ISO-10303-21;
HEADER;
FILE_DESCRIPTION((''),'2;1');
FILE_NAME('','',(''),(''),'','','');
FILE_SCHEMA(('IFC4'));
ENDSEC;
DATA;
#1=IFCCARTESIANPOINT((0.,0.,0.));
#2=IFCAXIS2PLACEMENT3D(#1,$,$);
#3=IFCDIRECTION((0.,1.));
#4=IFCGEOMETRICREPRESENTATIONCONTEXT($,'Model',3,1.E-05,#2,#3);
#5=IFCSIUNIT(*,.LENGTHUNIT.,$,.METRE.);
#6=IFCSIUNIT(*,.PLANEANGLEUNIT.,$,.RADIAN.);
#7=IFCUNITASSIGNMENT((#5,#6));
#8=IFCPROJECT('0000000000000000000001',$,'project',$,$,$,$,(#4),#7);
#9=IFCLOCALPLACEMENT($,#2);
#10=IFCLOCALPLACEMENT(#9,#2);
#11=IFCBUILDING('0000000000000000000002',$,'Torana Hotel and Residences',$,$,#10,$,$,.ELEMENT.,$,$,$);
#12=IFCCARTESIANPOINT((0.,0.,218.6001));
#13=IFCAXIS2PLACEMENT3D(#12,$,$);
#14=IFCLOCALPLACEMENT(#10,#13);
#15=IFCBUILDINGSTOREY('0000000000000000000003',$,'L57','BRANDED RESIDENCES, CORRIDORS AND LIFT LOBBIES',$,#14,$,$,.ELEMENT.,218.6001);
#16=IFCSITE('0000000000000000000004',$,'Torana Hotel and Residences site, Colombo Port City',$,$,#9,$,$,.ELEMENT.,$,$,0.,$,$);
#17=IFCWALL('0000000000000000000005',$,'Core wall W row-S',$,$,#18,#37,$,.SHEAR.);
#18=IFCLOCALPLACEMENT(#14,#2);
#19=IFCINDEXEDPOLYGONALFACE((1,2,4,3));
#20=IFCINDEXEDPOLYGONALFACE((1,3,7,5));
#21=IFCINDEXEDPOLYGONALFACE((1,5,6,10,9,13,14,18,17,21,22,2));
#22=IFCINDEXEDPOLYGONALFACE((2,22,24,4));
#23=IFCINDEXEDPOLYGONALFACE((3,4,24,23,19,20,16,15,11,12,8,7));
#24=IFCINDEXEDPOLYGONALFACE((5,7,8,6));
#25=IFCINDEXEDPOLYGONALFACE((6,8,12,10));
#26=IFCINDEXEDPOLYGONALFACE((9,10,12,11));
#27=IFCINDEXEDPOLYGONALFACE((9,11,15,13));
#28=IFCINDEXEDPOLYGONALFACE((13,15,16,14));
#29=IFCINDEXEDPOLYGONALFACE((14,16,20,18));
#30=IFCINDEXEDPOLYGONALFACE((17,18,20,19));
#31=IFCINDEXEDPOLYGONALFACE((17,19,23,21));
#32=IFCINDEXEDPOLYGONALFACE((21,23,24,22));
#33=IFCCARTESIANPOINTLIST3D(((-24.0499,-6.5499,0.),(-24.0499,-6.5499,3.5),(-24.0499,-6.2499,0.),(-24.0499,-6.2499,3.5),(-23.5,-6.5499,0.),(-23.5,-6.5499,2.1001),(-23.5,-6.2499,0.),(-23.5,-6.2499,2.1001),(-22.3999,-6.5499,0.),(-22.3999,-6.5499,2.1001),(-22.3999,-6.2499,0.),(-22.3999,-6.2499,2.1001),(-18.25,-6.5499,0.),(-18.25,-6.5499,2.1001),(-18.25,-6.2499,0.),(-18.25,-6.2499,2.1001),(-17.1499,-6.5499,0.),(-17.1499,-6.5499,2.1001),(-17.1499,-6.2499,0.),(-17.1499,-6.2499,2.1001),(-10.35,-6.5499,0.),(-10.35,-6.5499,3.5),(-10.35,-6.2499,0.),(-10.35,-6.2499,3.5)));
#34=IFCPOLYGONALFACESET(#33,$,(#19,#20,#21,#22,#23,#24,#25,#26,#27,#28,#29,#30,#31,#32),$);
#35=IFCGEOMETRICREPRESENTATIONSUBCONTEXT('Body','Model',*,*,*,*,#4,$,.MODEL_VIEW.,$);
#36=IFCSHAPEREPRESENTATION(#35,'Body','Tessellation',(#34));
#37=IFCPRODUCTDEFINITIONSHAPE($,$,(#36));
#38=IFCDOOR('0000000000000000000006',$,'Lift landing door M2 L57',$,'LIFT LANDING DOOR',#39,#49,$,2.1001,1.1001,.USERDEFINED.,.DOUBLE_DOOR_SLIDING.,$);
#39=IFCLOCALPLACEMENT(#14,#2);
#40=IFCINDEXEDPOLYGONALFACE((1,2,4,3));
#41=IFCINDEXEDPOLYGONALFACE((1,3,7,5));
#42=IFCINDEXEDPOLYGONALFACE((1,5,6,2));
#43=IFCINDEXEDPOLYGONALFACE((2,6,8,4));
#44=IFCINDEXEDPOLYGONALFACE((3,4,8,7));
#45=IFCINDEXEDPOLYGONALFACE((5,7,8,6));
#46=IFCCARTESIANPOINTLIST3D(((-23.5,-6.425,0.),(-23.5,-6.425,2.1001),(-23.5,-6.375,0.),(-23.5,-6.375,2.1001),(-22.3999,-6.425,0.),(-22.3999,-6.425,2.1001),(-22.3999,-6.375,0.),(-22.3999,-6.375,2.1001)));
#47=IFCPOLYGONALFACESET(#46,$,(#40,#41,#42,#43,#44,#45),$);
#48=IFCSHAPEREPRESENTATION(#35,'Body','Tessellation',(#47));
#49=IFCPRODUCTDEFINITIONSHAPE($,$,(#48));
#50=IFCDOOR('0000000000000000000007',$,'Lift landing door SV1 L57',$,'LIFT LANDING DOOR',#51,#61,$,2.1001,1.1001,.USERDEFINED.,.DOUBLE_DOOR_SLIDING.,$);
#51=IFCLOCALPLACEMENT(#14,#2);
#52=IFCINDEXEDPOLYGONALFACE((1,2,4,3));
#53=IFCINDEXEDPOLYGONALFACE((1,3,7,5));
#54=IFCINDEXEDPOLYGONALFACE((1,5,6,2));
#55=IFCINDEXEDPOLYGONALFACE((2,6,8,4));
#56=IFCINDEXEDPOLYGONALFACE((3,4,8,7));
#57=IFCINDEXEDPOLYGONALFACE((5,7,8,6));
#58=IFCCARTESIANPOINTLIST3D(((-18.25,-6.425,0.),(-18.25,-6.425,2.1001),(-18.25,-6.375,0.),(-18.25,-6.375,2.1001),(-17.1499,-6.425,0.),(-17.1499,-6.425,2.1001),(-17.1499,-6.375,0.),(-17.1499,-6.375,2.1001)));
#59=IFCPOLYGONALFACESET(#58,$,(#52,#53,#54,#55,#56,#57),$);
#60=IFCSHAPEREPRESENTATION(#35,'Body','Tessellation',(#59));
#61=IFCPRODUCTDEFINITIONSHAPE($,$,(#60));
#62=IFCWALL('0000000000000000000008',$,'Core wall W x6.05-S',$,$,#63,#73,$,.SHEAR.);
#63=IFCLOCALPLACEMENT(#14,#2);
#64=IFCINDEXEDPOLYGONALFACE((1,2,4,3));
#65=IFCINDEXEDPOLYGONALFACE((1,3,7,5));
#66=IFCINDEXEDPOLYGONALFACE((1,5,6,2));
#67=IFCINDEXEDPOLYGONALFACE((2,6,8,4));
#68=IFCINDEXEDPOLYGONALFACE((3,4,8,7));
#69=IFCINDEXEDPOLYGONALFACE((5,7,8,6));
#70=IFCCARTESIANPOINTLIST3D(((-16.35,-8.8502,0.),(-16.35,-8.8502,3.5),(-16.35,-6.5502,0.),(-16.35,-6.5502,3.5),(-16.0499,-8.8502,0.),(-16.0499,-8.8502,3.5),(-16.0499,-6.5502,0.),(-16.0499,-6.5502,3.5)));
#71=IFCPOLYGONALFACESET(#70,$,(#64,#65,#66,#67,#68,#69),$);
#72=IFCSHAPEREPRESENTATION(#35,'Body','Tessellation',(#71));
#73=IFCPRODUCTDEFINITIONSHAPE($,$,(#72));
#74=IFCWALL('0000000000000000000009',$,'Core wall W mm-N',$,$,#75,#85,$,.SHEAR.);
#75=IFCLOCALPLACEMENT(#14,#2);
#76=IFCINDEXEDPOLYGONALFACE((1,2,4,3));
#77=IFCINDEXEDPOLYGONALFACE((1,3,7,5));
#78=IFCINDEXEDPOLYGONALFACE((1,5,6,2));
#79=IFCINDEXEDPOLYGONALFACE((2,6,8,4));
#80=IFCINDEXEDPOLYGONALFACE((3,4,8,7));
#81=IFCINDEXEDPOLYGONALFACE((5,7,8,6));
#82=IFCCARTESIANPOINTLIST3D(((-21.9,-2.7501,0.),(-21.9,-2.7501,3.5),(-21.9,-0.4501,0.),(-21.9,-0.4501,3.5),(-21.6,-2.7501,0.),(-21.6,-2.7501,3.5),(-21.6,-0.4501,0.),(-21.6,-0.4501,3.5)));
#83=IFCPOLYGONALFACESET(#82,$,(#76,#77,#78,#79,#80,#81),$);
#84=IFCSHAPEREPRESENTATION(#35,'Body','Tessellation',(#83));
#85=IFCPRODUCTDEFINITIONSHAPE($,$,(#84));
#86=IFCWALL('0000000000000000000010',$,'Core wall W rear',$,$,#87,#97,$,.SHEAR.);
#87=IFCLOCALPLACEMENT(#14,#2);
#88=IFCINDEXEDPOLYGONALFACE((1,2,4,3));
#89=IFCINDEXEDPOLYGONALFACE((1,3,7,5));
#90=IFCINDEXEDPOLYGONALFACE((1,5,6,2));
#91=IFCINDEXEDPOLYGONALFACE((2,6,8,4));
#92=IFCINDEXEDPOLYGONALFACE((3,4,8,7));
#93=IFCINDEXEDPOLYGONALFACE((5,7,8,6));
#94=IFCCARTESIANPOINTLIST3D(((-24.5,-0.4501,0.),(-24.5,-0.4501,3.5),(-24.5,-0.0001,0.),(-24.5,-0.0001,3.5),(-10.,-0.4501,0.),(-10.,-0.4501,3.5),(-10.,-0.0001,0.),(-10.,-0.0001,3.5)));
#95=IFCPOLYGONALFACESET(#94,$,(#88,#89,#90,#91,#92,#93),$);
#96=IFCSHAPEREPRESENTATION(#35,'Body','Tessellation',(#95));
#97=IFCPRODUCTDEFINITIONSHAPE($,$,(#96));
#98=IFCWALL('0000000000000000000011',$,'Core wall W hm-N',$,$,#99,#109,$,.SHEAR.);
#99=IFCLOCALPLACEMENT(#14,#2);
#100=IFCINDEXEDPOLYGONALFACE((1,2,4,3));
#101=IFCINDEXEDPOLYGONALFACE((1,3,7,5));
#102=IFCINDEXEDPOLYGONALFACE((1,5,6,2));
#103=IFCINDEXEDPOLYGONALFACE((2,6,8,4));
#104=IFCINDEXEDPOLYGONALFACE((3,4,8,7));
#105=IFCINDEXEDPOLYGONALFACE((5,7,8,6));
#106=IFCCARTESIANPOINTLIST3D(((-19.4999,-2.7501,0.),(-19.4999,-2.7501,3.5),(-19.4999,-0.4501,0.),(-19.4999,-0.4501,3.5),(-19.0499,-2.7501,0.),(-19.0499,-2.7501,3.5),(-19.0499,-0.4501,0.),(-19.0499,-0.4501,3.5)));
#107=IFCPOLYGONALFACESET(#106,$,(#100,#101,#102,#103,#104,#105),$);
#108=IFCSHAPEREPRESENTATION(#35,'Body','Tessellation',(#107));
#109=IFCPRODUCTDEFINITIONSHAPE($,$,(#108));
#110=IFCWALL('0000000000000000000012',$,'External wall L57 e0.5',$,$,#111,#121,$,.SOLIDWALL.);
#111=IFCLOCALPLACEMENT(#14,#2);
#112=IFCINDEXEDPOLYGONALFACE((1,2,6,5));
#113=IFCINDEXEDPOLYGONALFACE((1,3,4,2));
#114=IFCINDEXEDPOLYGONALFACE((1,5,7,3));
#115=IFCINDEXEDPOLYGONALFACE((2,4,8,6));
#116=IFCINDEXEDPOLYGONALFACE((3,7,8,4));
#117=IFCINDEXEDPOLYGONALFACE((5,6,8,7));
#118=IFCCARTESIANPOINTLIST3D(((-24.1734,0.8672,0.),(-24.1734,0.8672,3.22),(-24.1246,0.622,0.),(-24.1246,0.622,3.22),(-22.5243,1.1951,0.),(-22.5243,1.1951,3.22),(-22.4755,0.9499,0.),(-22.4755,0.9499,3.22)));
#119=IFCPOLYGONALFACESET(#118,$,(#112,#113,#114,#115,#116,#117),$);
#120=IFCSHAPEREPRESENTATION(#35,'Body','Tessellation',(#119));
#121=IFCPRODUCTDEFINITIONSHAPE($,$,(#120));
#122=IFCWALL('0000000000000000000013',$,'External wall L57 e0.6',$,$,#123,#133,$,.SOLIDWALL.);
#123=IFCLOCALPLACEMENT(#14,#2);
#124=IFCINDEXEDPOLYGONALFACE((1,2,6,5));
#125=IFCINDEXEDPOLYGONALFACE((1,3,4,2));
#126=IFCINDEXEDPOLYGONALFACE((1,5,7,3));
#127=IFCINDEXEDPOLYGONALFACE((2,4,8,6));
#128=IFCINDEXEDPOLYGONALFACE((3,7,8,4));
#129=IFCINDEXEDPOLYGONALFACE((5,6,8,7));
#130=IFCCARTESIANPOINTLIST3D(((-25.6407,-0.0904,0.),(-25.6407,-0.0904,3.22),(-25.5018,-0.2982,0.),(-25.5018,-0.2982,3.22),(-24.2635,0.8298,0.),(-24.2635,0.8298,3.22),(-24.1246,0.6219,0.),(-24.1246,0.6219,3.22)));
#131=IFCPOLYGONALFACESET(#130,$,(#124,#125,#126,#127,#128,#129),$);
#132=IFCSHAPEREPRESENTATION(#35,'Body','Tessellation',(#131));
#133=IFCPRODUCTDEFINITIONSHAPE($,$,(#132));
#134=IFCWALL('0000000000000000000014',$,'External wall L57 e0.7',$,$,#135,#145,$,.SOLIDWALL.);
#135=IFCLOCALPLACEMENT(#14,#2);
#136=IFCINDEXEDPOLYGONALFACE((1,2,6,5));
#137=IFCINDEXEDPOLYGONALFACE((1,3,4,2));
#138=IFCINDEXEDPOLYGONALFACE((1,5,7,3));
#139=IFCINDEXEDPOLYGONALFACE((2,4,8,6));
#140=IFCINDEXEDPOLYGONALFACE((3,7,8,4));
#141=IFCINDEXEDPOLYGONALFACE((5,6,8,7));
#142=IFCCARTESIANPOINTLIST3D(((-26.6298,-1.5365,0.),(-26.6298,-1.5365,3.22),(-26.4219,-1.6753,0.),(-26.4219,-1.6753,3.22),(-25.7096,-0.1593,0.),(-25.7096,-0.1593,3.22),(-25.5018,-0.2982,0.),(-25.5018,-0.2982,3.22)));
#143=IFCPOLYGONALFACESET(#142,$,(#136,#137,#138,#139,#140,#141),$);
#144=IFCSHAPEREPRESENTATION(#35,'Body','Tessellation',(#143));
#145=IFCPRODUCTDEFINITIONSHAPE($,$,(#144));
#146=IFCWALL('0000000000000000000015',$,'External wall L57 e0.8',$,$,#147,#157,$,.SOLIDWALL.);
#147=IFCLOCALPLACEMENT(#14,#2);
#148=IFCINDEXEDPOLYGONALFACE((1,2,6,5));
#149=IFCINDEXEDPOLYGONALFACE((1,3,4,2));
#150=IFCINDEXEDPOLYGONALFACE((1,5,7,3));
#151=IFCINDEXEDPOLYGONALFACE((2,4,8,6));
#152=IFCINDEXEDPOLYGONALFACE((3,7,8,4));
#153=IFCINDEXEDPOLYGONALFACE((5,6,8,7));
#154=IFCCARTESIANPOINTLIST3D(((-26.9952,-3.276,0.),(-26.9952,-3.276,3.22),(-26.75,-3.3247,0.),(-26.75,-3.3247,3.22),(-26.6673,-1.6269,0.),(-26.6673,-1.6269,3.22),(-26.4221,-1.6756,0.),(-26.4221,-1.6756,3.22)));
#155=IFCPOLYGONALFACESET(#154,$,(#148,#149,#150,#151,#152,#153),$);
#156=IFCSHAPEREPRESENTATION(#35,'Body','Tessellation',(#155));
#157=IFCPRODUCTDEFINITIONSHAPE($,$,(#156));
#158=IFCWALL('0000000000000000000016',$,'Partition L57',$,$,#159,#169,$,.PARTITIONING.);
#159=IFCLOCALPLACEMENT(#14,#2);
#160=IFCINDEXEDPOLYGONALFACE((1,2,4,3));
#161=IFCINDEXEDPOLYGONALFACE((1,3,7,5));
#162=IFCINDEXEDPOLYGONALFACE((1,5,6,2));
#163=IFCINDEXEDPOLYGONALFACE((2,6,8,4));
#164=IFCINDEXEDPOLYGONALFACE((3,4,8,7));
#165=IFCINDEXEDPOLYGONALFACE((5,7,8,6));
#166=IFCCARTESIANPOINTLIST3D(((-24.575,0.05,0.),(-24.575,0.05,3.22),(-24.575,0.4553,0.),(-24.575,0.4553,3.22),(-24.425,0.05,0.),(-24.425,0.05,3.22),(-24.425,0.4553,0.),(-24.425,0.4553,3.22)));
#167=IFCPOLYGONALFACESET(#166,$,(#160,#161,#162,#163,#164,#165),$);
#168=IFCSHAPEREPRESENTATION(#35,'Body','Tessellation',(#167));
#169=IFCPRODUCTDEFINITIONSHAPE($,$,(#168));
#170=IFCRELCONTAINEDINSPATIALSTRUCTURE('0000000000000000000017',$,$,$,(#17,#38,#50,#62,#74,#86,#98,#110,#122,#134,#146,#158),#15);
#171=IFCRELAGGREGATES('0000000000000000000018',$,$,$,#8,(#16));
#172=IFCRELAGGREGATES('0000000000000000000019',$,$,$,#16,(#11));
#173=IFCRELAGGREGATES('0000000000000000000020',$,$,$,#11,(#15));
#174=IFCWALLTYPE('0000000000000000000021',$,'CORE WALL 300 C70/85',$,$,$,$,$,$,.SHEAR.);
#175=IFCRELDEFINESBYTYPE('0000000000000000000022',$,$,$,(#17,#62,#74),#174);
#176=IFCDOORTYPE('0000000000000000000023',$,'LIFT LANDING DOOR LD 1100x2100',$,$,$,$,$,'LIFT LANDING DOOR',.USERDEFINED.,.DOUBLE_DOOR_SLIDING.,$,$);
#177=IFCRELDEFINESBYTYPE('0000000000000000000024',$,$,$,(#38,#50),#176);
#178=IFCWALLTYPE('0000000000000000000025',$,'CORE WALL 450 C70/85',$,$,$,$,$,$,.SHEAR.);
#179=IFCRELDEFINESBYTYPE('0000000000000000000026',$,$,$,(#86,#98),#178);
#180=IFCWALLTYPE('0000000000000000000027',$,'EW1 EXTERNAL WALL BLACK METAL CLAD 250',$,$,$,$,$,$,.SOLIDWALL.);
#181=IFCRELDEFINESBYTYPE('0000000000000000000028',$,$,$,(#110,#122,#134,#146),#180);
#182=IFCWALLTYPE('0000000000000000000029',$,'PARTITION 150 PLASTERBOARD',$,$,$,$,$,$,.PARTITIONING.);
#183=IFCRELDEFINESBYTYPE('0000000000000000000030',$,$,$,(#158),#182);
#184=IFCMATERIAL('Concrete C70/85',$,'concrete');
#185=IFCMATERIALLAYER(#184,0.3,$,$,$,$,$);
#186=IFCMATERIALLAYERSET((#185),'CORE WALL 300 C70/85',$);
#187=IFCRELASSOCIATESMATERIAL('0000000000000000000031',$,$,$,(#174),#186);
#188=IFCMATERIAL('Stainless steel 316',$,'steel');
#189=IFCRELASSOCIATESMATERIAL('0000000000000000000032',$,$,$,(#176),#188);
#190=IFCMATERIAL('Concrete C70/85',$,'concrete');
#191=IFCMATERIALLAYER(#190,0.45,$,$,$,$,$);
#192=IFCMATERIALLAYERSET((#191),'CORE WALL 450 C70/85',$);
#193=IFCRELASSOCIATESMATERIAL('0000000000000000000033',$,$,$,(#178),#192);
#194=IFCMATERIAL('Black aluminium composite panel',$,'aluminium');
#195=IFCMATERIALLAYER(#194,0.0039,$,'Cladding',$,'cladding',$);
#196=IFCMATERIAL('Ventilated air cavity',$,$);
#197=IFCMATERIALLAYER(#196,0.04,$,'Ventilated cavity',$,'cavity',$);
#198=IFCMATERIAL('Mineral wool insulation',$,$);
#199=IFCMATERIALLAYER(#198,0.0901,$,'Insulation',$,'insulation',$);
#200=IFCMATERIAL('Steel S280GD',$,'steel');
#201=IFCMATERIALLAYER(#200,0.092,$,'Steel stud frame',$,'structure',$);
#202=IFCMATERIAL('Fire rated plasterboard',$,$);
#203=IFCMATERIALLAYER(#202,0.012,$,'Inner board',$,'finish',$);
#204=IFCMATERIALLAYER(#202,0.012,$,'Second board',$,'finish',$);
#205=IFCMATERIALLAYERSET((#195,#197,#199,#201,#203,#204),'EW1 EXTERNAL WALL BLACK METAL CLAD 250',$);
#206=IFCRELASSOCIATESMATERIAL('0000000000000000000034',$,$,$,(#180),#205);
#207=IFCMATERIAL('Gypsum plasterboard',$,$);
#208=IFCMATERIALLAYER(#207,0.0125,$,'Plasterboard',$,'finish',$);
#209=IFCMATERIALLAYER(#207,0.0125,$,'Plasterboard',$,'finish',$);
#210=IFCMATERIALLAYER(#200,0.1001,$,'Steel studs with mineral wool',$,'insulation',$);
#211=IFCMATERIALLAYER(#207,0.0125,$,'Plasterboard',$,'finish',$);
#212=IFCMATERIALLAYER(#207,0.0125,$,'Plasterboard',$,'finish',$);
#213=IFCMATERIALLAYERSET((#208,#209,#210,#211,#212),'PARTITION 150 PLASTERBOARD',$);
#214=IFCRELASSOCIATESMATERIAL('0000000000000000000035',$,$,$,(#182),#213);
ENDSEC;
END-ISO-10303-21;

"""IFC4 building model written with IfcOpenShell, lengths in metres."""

from ifc_helpers import new_model, si_unit, direction, frame, frame_2d, origin, place, context, subcontext, project, spatial, rectangle, extrude, material, layer, layer_set, type_object, element, fill, save


model = new_model("IFC4")

# Units and contexts
model_context = context("Model", 3, precision=1e-05, world=origin(), true_north=direction((0.0, 1.0)))
body_context = subcontext(model_context, "Body", "Model", "MODEL_VIEW")
ifc_project = project(units=[si_unit("LENGTHUNIT", "METRE"), si_unit("PLANEANGLEUNIT", "RADIAN")], contexts=[model_context])

# Site, building, storey
site_placement = place(None, origin())
site = spatial("IfcSite", under=ifc_project, at=site_placement, Name="Torana Hotel and Residences site, Colombo Port City", CompositionType="ELEMENT", RefElevation=0.0)
building_placement = place(site_placement, origin())
building = spatial("IfcBuilding", under=site, at=building_placement, Name="Torana Hotel and Residences", CompositionType="ELEMENT")
storey_placement = place(building_placement, frame((0.0, 0.0, 218.6001)))
storey = spatial("IfcBuildingStorey", under=building, at=storey_placement, Name="L57", Description="BRANDED RESIDENCES, CORRIDORS AND LIFT LOBBIES", CompositionType="ELEMENT", Elevation=218.6001)

# Wall, openings, doors
ifc_material_1 = material(Name="Concrete C70/85", Category="concrete")
ifc_layer_1 = layer(ifc_material_1, 0.3)
ifc_layer_set_1 = layer_set([ifc_layer_1], Name="CORE WALL 300 C70/85")
wall_type_1 = type_object("IfcWallType", Name="CORE WALL 300 C70/85", PredefinedType="SHEAR", material=ifc_layer_set_1)
ifc_material_2 = material(Name="Stainless steel 316", Category="steel")
door_type_1 = type_object("IfcDoorType", Name="LIFT LANDING DOOR LD 1100x2100", ElementType="LIFT LANDING DOOR", OperationType="DOUBLE_DOOR_SLIDING", PredefinedType="USERDEFINED", material=ifc_material_2)
wall_1_placement = place(storey_placement, frame((-24.05, -6.3999, 0.0), z_axis=(0.0, 0.0, 1.0), x_axis=(1.0, 0.0, 0.0)))
wall_1 = element("IfcWall", 1, at=wall_1_placement, inside=storey, type_object=wall_type_1, Name="Core wall W row-S", PredefinedType="SHEAR", context=body_context, shape_type="SweptSolid", body=[
    extrude(rectangle(XDim=13.7, YDim=0.3, at=frame_2d((6.8501, 0.0))), origin(), (0.0, 0.0, 1.0), 3.5),
])
opening_1_placement = place(wall_1_placement, frame((0.55, 0.0, 0.0)))
opening_1 = element("IfcOpeningElement", 2, at=opening_1_placement, cuts=wall_1, PredefinedType="OPENING", context=body_context, shape_type="SweptSolid", body=[
    extrude(rectangle(XDim=1.1001, YDim=2.1001, at=frame_2d((0.55, 1.05))), frame((0.0, 0.1599, 0.0), z_axis=(0.0, -1.0, 0.0), x_axis=(1.0, 0.0, 0.0)), (0.0, 0.0, 1.0), 0.3201),
])
opening_2_placement = place(wall_1_placement, frame((5.8, 0.0, 0.0)))
opening_2 = element("IfcOpeningElement", 3, at=opening_2_placement, cuts=wall_1, PredefinedType="OPENING", context=body_context, shape_type="SweptSolid", body=[
    extrude(rectangle(XDim=1.1001, YDim=2.1001, at=frame_2d((0.55, 1.05))), frame((0.0, 0.1599, 0.0), z_axis=(0.0, -1.0, 0.0), x_axis=(1.0, 0.0, 0.0)), (0.0, 0.0, 1.0), 0.3201),
])
door_1_placement = place(opening_1_placement, origin())
door_1 = element("IfcDoor", 4, at=door_1_placement, inside=storey, type_object=door_type_1, Name="Lift landing door M2 L57", ObjectType="LIFT LANDING DOOR", OperationType="DOUBLE_DOOR_SLIDING", OverallHeight=2.1001, OverallWidth=1.1001, PredefinedType="USERDEFINED", context=body_context, shape_type="SweptSolid", body=[
    extrude(rectangle(XDim=1.1001, YDim=2.1001, at=frame_2d((0.55, 1.05))), frame((0.0, 0.0249, 0.0), z_axis=(0.0, -1.0, 0.0), x_axis=(1.0, 0.0, 0.0)), (0.0, 0.0, 1.0), 0.05),
])
fill(opening_1, door_1)
door_2_placement = place(opening_2_placement, origin())
door_2 = element("IfcDoor", 5, at=door_2_placement, inside=storey, type_object=door_type_1, Name="Lift landing door SV1 L57", ObjectType="LIFT LANDING DOOR", OperationType="DOUBLE_DOOR_SLIDING", OverallHeight=2.1001, OverallWidth=1.1001, PredefinedType="USERDEFINED", context=body_context, shape_type="SweptSolid", body=[
    extrude(rectangle(XDim=1.1001, YDim=2.1001, at=frame_2d((0.55, 1.05))), frame((0.0, 0.0249, 0.0), z_axis=(0.0, -1.0, 0.0), x_axis=(1.0, 0.0, 0.0)), (0.0, 0.0, 1.0), 0.05),
])
fill(opening_2, door_2)

# Walls
for number, where, z_axis, x_axis, name in (
    (6, (-16.2, -8.8501, 0.0), (0.0, 0.0, 1.0), (0.0, 1.0, 0.0), "Core wall W x6.05-S"),
    (7, (-21.75, -2.75, 0.0), (0.0, 0.0, 1.0), (0.0, 1.0, 0.0), "Core wall W mm-N"),
):
    element("IfcWall", number, at=place(storey_placement, frame(where, z_axis=z_axis, x_axis=x_axis)), inside=storey, type_object=wall_type_1, Name=name, PredefinedType="SHEAR", context=body_context, shape_type="SweptSolid", body=[
        extrude(rectangle(XDim=2.3, YDim=0.3, at=frame_2d((1.1499, 0.0))), origin(), (0.0, 0.0, 1.0), 3.5),
    ])
ifc_material_3 = material(Name="Concrete C70/85", Category="concrete")
ifc_layer_2 = layer(ifc_material_3, 0.45)
ifc_layer_set_2 = layer_set([ifc_layer_2], Name="CORE WALL 450 C70/85")
wall_type_2 = type_object("IfcWallType", Name="CORE WALL 450 C70/85", PredefinedType="SHEAR", material=ifc_layer_set_2)
wall_2_placement = place(storey_placement, frame((-24.5, -0.2251, 0.0), z_axis=(0.0, 0.0, 1.0), x_axis=(1.0, 0.0, 0.0)))
element("IfcWall", 8, at=wall_2_placement, inside=storey, type_object=wall_type_2, Name="Core wall W rear", PredefinedType="SHEAR", context=body_context, shape_type="SweptSolid", body=[
    extrude(rectangle(XDim=14.5, YDim=0.45, at=frame_2d((7.25, 0.0))), origin(), (0.0, 0.0, 1.0), 3.5),
])
wall_3_placement = place(storey_placement, frame((-19.2749, -2.75, 0.0), z_axis=(0.0, 0.0, 1.0), x_axis=(0.0, 1.0, 0.0)))
element("IfcWall", 9, at=wall_3_placement, inside=storey, type_object=wall_type_2, Name="Core wall W hm-N", PredefinedType="SHEAR", context=body_context, shape_type="SweptSolid", body=[
    extrude(rectangle(XDim=2.3, YDim=0.45, at=frame_2d((1.1499, 0.0))), origin(), (0.0, 0.0, 1.0), 3.5),
])
ifc_material_4 = material(Name="Black aluminium composite panel", Category="aluminium")
ifc_layer_3 = layer(ifc_material_4, 0.0039, Name="Cladding", Category="cladding")
ifc_material_5 = material(Name="Ventilated air cavity")
ifc_layer_4 = layer(ifc_material_5, 0.04, Name="Ventilated cavity", Category="cavity")
ifc_material_6 = material(Name="Mineral wool insulation")
ifc_layer_5 = layer(ifc_material_6, 0.0901, Name="Insulation", Category="insulation")
ifc_material_7 = material(Name="Steel S280GD", Category="steel")
ifc_layer_6 = layer(ifc_material_7, 0.092, Name="Steel stud frame", Category="structure")
ifc_material_8 = material(Name="Fire rated plasterboard")
ifc_layer_7 = layer(ifc_material_8, 0.012, Name="Inner board", Category="finish")
ifc_layer_8 = layer(ifc_material_8, 0.012, Name="Second board", Category="finish")
ifc_layer_set_3 = layer_set([ifc_layer_3, ifc_layer_4, ifc_layer_5, ifc_layer_6, ifc_layer_7, ifc_layer_8], Name="EW1 EXTERNAL WALL BLACK METAL CLAD 250")
wall_type_3 = type_object("IfcWallType", Name="EW1 EXTERNAL WALL BLACK METAL CLAD 250", PredefinedType="SOLIDWALL", material=ifc_layer_set_3)
wall_4_placement = place(storey_placement, frame((-22.4998, 1.0725, 0.0), z_axis=(0.0, 0.0, 1.0), x_axis=(-0.980803, -0.194999, 0.0)))
element("IfcWall", 10, at=wall_4_placement, inside=storey, type_object=wall_type_3, Name="External wall L57 e0.5", PredefinedType="SOLIDWALL", context=body_context, shape_type="SweptSolid", body=[
    extrude(rectangle(XDim=1.6814, YDim=0.25, at=frame_2d((0.8408, 0.0))), origin(), (0.0, 0.0, 1.0), 3.22),
])
for number, where, z_axis, x_axis, name in (
    (11, (-24.1941, 0.7258, 0.0), (0.0, 0.0, 1.0), (-0.831483, -0.55555, 0.0), "External wall L57 e0.6"),
    (12, (-25.6057, -0.2288, 0.0), (0.0, 0.0, 1.0), (-0.55555, -0.831483, 0.0), "External wall L57 e0.7"),
):
    element("IfcWall", number, at=place(storey_placement, frame(where, z_axis=z_axis, x_axis=x_axis)), inside=storey, type_object=wall_type_3, Name=name, PredefinedType="SOLIDWALL", context=body_context, shape_type="SweptSolid", body=[
        extrude(rectangle(XDim=1.6562, YDim=0.25, at=frame_2d((0.8281, 0.0))), origin(), (0.0, 0.0, 1.0), 3.22),
    ])
wall_5_placement = place(storey_placement, frame((-26.5447, -1.6511, 0.0), z_axis=(0.0, 0.0, 1.0), x_axis=(-0.194999, -0.980803, 0.0)))
element("IfcWall", 13, at=wall_5_placement, inside=storey, type_object=wall_type_3, Name="External wall L57 e0.8", PredefinedType="SOLIDWALL", context=body_context, shape_type="SweptSolid", body=[
    extrude(rectangle(XDim=1.6814, YDim=0.25, at=frame_2d((0.8408, 0.0))), origin(), (0.0, 0.0, 1.0), 3.22),
])

# Wall
ifc_material_9 = material(Name="Gypsum plasterboard")
ifc_layer_9 = layer(ifc_material_9, 0.0125, Name="Plasterboard", Category="finish")
ifc_layer_10 = layer(ifc_material_9, 0.0125, Name="Plasterboard", Category="finish")
ifc_layer_11 = layer(ifc_material_7, 0.1001, Name="Steel studs with mineral wool", Category="insulation")
ifc_layer_12 = layer(ifc_material_9, 0.0125, Name="Plasterboard", Category="finish")
ifc_layer_13 = layer(ifc_material_9, 0.0125, Name="Plasterboard", Category="finish")
ifc_layer_set_4 = layer_set([ifc_layer_9, ifc_layer_10, ifc_layer_11, ifc_layer_12, ifc_layer_13], Name="PARTITION 150 PLASTERBOARD")
wall_type_4 = type_object("IfcWallType", Name="PARTITION 150 PLASTERBOARD", PredefinedType="PARTITIONING", material=ifc_layer_set_4)
wall_6_placement = place(storey_placement, frame((-24.5, 0.05, 0.0), z_axis=(0.0, 0.0, 1.0), x_axis=(0.0, 1.0, 0.0)))
element("IfcWall", 14, at=wall_6_placement, inside=storey, type_object=wall_type_4, Name="Partition L57", PredefinedType="PARTITIONING", context=body_context, shape_type="SweptSolid", body=[
    extrude(rectangle(XDim=0.4053, YDim=0.1499, at=frame_2d((0.2026, 0.0))), origin(), (0.0, 0.0, 1.0), 3.22),
])

save(model, "model.ifc")
